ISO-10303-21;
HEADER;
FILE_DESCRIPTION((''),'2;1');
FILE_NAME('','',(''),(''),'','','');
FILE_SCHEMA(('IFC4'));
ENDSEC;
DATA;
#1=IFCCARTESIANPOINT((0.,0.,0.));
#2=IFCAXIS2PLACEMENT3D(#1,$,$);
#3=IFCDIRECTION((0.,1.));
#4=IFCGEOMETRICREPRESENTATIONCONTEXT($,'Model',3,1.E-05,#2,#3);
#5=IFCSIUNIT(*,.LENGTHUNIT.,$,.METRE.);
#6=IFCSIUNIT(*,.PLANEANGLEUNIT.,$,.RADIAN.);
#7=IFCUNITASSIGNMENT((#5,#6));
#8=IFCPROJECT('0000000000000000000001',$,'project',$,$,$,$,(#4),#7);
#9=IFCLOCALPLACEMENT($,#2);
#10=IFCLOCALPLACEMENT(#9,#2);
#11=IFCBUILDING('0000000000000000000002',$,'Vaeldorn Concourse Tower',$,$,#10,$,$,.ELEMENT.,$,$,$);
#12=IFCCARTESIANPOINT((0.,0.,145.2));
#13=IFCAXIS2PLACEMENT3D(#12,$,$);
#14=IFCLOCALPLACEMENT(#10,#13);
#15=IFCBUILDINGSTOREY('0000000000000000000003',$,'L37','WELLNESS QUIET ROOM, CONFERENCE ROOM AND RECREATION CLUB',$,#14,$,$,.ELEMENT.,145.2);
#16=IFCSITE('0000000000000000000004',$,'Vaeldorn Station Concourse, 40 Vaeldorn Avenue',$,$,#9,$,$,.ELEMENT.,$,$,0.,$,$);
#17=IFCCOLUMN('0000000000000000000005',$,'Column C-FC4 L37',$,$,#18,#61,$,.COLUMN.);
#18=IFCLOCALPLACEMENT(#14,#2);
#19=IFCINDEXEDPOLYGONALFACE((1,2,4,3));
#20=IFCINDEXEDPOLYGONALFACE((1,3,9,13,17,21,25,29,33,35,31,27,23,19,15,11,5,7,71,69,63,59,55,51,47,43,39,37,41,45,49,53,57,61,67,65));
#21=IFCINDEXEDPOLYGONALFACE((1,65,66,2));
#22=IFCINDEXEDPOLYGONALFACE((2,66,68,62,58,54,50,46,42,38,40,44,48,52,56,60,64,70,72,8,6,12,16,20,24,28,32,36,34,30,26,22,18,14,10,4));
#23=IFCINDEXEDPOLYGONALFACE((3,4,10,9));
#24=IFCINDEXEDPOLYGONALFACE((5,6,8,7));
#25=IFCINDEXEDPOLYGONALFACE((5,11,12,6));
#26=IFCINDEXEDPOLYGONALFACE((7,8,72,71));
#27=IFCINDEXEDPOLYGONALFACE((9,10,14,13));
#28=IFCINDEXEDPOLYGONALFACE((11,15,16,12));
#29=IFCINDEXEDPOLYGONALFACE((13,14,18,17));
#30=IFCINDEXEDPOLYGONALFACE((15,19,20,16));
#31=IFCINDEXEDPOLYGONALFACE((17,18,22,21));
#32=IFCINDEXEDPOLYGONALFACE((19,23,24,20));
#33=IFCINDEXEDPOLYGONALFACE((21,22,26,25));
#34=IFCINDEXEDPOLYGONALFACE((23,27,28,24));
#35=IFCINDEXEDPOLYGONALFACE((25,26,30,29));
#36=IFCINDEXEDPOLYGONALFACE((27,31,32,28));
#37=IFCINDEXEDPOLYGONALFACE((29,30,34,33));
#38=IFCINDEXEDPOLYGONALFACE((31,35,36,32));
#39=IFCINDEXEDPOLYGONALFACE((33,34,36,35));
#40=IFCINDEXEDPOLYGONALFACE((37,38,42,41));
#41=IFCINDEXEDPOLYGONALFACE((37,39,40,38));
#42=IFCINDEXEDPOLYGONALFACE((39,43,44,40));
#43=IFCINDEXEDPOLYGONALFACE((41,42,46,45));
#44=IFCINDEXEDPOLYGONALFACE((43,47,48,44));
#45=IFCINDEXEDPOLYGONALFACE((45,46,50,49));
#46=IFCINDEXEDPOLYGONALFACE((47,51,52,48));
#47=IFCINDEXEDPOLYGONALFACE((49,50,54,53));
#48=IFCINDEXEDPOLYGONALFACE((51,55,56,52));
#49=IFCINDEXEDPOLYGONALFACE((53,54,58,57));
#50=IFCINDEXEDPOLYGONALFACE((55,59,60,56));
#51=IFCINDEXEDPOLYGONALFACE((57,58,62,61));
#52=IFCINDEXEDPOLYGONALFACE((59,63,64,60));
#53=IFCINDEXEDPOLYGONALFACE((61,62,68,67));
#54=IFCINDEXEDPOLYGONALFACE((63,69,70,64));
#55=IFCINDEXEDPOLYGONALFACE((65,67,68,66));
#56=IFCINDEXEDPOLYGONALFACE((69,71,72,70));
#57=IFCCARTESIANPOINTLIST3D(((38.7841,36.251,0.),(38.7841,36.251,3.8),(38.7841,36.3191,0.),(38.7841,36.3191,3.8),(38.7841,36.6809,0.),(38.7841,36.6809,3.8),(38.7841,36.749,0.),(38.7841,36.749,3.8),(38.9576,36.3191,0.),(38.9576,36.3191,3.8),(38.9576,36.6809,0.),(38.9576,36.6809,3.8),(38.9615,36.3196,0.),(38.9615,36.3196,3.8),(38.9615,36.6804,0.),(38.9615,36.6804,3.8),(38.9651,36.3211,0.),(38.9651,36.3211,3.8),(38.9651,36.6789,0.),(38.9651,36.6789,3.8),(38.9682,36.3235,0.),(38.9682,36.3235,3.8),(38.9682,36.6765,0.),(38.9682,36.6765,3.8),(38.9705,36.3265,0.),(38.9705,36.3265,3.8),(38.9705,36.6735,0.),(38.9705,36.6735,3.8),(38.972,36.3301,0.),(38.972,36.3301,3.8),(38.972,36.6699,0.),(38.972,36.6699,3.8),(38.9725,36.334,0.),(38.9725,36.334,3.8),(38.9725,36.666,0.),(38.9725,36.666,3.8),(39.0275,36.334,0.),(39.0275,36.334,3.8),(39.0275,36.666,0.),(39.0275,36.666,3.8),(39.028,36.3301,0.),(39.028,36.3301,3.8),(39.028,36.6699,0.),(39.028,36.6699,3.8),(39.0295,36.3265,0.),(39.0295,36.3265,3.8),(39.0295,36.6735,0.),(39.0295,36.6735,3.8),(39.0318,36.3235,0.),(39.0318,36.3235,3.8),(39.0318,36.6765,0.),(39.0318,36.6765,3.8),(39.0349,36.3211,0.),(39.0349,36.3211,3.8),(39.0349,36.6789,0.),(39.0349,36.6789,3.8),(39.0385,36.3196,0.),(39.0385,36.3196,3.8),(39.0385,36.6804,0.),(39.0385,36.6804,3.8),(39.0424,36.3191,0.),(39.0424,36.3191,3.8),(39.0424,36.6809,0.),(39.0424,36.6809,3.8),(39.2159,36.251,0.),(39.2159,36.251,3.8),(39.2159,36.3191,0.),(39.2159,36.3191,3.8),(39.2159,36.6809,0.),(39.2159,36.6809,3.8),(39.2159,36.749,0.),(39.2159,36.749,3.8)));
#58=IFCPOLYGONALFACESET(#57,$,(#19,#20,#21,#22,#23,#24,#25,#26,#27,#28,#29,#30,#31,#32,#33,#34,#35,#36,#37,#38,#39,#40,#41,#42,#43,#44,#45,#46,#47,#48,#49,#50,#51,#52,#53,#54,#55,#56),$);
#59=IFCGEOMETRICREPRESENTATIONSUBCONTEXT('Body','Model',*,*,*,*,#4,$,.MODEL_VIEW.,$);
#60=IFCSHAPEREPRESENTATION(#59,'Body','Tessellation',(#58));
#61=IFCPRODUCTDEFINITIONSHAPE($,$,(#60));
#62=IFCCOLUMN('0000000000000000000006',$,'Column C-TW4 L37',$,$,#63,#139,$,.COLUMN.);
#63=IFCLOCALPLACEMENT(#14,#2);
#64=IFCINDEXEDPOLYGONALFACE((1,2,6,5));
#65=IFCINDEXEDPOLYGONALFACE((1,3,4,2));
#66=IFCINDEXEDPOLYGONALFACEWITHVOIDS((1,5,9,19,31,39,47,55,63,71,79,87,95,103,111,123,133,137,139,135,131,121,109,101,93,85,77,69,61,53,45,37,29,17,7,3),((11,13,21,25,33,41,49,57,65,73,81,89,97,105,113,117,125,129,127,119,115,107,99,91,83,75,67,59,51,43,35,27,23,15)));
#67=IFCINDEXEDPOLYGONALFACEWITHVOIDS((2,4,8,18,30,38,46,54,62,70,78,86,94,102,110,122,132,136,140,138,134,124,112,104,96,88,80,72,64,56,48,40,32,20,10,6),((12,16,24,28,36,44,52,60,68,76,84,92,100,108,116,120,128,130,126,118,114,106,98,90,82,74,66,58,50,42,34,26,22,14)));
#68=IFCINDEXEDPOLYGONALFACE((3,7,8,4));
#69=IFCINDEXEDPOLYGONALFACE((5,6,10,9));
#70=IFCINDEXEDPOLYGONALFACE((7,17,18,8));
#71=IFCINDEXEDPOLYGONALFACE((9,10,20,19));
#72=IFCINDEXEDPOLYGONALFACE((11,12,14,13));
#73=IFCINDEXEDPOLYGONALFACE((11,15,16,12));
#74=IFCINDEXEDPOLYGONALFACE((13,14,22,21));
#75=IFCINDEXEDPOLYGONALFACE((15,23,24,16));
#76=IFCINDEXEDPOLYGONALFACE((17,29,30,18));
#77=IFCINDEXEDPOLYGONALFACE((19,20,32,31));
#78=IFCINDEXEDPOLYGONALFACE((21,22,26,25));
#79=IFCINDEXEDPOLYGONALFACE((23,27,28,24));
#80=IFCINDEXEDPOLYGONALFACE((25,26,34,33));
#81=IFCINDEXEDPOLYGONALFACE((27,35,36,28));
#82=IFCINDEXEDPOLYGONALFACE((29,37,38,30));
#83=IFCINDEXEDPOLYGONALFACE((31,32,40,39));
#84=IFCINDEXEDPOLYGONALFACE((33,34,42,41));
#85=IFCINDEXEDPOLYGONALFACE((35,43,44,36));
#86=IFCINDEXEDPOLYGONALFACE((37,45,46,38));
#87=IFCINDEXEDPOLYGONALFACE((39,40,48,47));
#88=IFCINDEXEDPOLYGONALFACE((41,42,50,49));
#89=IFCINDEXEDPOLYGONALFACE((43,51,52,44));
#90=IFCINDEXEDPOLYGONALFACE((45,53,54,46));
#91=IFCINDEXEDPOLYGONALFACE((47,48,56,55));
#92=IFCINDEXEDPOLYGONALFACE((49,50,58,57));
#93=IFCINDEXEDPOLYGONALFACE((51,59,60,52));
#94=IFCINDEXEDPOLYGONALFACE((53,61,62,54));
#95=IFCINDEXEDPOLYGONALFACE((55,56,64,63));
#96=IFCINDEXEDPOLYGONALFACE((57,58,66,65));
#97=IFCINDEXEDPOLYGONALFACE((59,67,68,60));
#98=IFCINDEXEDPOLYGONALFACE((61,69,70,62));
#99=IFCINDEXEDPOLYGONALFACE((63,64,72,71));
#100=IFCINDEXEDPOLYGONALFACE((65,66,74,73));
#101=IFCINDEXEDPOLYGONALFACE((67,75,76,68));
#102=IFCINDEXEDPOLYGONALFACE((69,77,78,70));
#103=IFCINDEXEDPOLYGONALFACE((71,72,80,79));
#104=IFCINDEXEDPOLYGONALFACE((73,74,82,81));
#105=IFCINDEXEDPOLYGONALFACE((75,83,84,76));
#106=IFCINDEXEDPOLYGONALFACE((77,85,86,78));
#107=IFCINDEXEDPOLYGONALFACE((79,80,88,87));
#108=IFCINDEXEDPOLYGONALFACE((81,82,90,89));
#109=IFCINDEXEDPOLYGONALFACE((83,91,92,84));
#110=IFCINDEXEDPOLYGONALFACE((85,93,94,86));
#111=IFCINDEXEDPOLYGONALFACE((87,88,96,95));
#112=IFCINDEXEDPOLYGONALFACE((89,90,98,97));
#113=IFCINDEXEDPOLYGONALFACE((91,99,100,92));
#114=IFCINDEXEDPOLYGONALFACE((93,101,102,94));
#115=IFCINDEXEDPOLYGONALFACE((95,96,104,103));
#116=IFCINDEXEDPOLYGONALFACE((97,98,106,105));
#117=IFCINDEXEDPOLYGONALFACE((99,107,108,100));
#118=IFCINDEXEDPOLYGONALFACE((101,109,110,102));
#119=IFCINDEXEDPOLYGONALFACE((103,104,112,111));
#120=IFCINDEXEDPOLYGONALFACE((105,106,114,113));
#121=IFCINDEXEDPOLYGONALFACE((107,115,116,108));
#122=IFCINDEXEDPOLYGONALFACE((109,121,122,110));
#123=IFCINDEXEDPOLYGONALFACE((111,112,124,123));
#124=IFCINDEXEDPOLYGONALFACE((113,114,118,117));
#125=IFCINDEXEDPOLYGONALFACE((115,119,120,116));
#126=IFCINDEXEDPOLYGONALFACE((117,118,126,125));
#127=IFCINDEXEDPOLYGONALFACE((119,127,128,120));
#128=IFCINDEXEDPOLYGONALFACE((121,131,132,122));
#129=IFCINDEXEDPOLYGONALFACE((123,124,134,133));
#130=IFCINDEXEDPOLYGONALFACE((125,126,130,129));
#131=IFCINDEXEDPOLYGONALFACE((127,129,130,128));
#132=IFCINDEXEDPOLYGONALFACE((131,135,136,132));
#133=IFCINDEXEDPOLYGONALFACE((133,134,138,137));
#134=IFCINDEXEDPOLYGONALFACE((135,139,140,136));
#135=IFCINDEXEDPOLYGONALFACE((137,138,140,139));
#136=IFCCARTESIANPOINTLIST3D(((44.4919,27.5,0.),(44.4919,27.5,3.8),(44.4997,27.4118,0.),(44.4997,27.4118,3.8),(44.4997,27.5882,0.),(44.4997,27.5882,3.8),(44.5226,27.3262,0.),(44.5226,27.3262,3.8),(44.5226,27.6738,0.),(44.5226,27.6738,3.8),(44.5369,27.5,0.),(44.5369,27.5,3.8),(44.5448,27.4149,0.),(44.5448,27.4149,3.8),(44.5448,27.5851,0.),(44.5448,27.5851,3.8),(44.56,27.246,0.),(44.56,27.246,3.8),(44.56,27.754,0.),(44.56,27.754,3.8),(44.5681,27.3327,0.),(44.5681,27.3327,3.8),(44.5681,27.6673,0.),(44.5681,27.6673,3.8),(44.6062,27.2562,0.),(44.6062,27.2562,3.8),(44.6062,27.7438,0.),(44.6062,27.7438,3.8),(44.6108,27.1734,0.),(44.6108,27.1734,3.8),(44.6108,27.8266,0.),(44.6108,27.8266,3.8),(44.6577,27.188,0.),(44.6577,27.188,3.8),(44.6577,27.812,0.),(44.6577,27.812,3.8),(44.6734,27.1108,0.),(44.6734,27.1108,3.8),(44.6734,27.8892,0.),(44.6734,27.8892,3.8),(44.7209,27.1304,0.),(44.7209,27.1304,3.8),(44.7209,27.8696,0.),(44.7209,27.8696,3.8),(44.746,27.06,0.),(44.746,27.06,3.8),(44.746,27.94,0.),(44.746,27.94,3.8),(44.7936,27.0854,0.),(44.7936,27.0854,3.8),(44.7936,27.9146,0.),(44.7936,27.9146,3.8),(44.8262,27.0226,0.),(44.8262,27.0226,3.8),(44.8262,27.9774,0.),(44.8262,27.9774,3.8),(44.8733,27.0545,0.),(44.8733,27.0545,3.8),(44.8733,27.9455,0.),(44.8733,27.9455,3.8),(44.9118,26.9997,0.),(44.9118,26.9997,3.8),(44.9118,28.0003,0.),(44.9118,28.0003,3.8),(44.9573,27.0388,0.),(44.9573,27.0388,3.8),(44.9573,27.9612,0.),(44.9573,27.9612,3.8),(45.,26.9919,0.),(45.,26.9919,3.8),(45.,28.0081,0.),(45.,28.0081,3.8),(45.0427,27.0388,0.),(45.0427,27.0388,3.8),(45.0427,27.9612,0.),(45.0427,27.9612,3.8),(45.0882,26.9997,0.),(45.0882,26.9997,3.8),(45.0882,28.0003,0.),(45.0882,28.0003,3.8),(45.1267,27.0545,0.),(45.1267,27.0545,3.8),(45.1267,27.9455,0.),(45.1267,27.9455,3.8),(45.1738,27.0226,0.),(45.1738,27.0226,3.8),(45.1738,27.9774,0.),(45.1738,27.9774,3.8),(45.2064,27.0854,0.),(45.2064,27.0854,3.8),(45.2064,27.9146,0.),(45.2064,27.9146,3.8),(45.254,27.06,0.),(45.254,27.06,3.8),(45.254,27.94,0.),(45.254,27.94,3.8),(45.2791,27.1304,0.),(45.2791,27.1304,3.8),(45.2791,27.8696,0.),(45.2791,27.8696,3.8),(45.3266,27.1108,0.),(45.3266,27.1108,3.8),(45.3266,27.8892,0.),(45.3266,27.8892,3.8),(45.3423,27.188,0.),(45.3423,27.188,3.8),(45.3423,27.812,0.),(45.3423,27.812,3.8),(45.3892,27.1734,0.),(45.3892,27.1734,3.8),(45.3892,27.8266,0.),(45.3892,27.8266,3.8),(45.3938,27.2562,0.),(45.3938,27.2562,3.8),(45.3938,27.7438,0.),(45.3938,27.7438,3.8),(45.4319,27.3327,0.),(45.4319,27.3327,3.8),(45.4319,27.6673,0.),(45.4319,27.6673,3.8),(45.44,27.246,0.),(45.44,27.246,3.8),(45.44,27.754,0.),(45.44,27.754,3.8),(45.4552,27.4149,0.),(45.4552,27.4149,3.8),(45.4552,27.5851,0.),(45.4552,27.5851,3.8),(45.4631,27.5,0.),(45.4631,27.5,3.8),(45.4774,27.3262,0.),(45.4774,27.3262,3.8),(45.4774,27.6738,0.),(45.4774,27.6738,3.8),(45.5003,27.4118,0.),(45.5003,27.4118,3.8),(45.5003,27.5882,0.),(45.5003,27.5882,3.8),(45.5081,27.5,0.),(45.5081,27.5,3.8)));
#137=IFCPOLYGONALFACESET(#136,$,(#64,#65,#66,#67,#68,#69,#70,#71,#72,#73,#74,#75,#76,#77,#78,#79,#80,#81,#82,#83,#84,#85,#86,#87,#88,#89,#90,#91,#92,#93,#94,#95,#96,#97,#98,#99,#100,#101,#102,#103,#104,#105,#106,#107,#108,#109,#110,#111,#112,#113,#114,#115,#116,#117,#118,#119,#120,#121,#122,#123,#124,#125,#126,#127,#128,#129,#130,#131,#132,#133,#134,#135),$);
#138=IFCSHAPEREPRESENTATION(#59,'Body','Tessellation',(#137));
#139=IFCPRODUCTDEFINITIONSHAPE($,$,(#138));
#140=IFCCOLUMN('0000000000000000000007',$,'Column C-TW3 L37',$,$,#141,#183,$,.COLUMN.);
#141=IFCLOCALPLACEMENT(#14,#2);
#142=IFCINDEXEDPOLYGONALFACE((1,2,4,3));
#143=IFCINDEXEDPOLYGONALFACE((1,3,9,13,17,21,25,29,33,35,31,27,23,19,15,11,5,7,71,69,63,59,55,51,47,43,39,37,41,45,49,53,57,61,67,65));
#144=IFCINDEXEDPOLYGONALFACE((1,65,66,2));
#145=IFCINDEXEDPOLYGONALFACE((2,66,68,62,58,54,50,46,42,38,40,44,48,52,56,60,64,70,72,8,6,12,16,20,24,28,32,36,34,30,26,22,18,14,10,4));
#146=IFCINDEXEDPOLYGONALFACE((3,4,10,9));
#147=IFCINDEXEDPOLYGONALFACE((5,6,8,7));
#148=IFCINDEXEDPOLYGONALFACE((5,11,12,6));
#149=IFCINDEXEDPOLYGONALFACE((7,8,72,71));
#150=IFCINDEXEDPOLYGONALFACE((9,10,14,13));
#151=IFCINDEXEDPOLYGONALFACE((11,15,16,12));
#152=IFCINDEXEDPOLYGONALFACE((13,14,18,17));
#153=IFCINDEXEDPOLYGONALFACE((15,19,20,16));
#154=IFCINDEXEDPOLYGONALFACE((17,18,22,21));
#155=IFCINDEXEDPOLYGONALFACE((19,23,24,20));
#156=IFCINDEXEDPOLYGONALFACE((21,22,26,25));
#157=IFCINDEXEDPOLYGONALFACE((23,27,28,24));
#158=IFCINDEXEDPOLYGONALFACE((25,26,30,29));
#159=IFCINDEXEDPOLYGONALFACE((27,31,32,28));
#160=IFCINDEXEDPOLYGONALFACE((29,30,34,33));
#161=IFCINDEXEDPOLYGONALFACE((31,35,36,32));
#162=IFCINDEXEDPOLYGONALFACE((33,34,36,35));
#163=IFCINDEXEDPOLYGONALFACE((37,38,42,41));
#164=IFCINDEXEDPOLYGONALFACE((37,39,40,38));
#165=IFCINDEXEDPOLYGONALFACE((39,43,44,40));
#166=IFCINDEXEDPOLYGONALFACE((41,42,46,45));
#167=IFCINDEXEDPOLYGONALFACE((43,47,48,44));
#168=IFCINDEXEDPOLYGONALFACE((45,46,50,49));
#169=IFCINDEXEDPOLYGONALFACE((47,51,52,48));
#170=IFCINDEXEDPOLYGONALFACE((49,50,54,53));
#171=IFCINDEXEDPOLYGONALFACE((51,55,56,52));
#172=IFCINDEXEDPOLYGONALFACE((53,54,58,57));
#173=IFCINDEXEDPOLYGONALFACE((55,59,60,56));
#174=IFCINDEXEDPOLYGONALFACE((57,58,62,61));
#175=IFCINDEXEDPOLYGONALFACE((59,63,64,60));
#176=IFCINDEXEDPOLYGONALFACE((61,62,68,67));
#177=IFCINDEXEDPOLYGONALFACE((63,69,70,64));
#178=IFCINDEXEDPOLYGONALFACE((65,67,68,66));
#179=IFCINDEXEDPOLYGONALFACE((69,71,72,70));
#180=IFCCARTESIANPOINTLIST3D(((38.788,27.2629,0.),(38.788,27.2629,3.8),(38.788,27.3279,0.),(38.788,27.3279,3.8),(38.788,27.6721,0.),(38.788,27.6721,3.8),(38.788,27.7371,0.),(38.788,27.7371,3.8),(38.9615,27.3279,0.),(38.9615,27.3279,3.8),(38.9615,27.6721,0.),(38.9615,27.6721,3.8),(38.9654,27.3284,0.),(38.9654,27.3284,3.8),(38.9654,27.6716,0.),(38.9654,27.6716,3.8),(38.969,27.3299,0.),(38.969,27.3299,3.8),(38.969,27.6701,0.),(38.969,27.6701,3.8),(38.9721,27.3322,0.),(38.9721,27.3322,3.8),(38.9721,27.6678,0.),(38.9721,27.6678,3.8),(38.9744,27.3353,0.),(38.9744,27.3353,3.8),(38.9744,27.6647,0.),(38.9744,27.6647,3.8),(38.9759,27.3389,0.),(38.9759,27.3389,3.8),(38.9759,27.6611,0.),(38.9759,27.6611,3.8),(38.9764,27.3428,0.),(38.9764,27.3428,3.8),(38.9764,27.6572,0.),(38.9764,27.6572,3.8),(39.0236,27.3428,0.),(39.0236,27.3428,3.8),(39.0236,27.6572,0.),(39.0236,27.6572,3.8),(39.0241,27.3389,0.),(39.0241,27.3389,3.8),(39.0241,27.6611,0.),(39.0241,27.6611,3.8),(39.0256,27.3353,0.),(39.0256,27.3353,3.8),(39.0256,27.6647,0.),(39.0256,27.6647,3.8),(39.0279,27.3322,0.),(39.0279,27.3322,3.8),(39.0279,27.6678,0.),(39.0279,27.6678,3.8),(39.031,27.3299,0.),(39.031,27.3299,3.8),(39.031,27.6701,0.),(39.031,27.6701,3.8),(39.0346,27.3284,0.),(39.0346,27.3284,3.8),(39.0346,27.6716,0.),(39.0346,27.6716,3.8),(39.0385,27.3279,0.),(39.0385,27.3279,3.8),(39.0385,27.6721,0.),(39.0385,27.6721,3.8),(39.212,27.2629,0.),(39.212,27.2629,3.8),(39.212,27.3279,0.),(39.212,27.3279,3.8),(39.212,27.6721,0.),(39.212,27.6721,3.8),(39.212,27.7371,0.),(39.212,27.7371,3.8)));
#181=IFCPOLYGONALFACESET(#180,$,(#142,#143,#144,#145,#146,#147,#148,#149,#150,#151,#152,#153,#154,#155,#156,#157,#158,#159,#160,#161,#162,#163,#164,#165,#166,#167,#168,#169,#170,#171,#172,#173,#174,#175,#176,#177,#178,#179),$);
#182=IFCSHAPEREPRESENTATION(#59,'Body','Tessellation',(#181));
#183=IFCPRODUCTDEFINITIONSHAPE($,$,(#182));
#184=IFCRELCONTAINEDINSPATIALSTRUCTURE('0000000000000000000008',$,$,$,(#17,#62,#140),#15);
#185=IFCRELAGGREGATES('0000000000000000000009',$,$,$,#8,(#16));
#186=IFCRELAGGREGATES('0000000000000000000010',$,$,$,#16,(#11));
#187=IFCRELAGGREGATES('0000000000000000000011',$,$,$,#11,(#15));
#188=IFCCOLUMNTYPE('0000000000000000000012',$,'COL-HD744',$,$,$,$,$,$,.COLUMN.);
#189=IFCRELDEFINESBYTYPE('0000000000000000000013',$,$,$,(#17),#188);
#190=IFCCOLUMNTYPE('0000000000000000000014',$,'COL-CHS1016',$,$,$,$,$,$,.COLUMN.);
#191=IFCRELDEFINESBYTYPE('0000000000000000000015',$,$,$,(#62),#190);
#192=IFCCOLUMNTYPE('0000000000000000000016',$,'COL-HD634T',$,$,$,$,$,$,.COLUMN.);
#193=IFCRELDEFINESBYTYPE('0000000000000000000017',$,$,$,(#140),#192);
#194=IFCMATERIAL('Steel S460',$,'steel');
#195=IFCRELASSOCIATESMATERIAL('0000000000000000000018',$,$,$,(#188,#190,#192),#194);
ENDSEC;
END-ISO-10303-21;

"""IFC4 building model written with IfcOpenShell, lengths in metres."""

from ifc_helpers import new_model, si_unit, direction, frame, origin, origin_2d, place, context, subcontext, project, spatial, hollow_circle, i_section, extrude, source, transform, mapped, material, material_profile, profile_set, type_object, element, save


model = new_model("IFC4")

# Units and contexts
model_context = context("Model", 3, precision=1e-05, world=origin(), true_north=direction((0.0, 1.0)))
body_context = subcontext(model_context, "Body", "Model", "MODEL_VIEW")
ifc_project = project(units=[si_unit("LENGTHUNIT", "METRE"), si_unit("PLANEANGLEUNIT", "RADIAN")], contexts=[model_context])

# Site, building, storey
site_placement = place(None, origin())
site = spatial("IfcSite", under=ifc_project, at=site_placement, Name="Vaeldorn Station Concourse, 40 Vaeldorn Avenue", CompositionType="ELEMENT", RefElevation=0.0)
building_placement = place(site_placement, origin())
building = spatial("IfcBuilding", under=site, at=building_placement, Name="Vaeldorn Concourse Tower", CompositionType="ELEMENT")
storey_placement = place(building_placement, frame((0.0, 0.0, 145.2)))
storey = spatial("IfcBuildingStorey", under=building, at=storey_placement, Name="L37", Description="WELLNESS QUIET ROOM, CONFERENCE ROOM AND RECREATION CLUB", CompositionType="ELEMENT", Elevation=145.2)

# Columns
ifc_material_1 = material(Name="Steel S460", Category="steel")
ifc_material_profile_1 = material_profile(ifc_material_1, i_section(OverallWidth=0.4319, OverallDepth=0.498, WebThickness=0.0549, FlangeThickness=0.0681, FilletRadius=0.0149, at=origin_2d()), Name="HD 400x744")
ifc_profile_set_1 = profile_set([ifc_material_profile_1], Name="Steel S460")
column_type_1 = type_object("IfcColumnType", Name="COL-HD744", PredefinedType="COLUMN", material=ifc_profile_set_1)
shared_shape_1 = source(origin(), body_context, "Body", "SweptSolid", [
    extrude(i_section(OverallWidth=0.4319, OverallDepth=0.498, WebThickness=0.0549, FlangeThickness=0.0681, FilletRadius=0.0149, at=origin_2d()), origin(), (0.0, 0.0, 1.0), 3.8),
])
column_1_placement = place(storey_placement, frame((39.0, 36.5, 0.0), z_axis=(0.0, 0.0, 1.0), x_axis=(1.0, 0.0, 0.0)))
element("IfcColumn", 1, at=column_1_placement, inside=storey, type_object=column_type_1, Name="Column C-FC4 L37", PredefinedType="COLUMN", context=body_context, shape_type="MappedRepresentation", body=[
    mapped(shared_shape_1, transform((0.0, 0.0, 0.0), scale=1.0)),
])
ifc_material_profile_2 = material_profile(ifc_material_1, hollow_circle(Radius=0.5081, WallThickness=0.0449, at=origin_2d()), Name="CHS 1016x45")
ifc_profile_set_2 = profile_set([ifc_material_profile_2], Name="Steel S460")
column_type_2 = type_object("IfcColumnType", Name="COL-CHS1016", PredefinedType="COLUMN", material=ifc_profile_set_2)
shared_shape_2 = source(origin(), body_context, "Body", "SweptSolid", [
    extrude(hollow_circle(Radius=0.5081, WallThickness=0.0449, at=origin_2d()), origin(), (0.0, 0.0, 1.0), 3.8),
])
column_2_placement = place(storey_placement, frame((45.0, 27.5, 0.0), z_axis=(0.0, 0.0, 1.0), x_axis=(1.0, 0.0, 0.0)))
element("IfcColumn", 2, at=column_2_placement, inside=storey, type_object=column_type_2, Name="Column C-TW4 L37", PredefinedType="COLUMN", context=body_context, shape_type="MappedRepresentation", body=[
    mapped(shared_shape_2, transform((0.0, 0.0, 0.0), scale=1.0)),
])
ifc_material_profile_3 = material_profile(ifc_material_1, i_section(OverallWidth=0.4241, OverallDepth=0.4741, WebThickness=0.0471, FlangeThickness=0.0649, FilletRadius=0.0149, at=origin_2d()), Name="HD 400x634")
ifc_profile_set_3 = profile_set([ifc_material_profile_3], Name="Steel S460")
column_type_3 = type_object("IfcColumnType", Name="COL-HD634T", PredefinedType="COLUMN", material=ifc_profile_set_3)
shared_shape_3 = source(origin(), body_context, "Body", "SweptSolid", [
    extrude(i_section(OverallWidth=0.4241, OverallDepth=0.4741, WebThickness=0.0471, FlangeThickness=0.0649, FilletRadius=0.0149, at=origin_2d()), origin(), (0.0, 0.0, 1.0), 3.8),
])
for number, where, z_axis, x_axis, name in (
    (3, (39.0, 27.5, 0.0), (0.0, 0.0, 1.0), (1.0, 0.0, 0.0), "Column C-TW3 L37"),
):
    element("IfcColumn", number, at=place(storey_placement, frame(where, z_axis=z_axis, x_axis=x_axis)), inside=storey, type_object=column_type_3, Name=name, PredefinedType="COLUMN", context=body_context, shape_type="MappedRepresentation", body=[
        mapped(shared_shape_3, transform((0.0, 0.0, 0.0), scale=1.0)),
    ])

save(model, "model.ifc")
